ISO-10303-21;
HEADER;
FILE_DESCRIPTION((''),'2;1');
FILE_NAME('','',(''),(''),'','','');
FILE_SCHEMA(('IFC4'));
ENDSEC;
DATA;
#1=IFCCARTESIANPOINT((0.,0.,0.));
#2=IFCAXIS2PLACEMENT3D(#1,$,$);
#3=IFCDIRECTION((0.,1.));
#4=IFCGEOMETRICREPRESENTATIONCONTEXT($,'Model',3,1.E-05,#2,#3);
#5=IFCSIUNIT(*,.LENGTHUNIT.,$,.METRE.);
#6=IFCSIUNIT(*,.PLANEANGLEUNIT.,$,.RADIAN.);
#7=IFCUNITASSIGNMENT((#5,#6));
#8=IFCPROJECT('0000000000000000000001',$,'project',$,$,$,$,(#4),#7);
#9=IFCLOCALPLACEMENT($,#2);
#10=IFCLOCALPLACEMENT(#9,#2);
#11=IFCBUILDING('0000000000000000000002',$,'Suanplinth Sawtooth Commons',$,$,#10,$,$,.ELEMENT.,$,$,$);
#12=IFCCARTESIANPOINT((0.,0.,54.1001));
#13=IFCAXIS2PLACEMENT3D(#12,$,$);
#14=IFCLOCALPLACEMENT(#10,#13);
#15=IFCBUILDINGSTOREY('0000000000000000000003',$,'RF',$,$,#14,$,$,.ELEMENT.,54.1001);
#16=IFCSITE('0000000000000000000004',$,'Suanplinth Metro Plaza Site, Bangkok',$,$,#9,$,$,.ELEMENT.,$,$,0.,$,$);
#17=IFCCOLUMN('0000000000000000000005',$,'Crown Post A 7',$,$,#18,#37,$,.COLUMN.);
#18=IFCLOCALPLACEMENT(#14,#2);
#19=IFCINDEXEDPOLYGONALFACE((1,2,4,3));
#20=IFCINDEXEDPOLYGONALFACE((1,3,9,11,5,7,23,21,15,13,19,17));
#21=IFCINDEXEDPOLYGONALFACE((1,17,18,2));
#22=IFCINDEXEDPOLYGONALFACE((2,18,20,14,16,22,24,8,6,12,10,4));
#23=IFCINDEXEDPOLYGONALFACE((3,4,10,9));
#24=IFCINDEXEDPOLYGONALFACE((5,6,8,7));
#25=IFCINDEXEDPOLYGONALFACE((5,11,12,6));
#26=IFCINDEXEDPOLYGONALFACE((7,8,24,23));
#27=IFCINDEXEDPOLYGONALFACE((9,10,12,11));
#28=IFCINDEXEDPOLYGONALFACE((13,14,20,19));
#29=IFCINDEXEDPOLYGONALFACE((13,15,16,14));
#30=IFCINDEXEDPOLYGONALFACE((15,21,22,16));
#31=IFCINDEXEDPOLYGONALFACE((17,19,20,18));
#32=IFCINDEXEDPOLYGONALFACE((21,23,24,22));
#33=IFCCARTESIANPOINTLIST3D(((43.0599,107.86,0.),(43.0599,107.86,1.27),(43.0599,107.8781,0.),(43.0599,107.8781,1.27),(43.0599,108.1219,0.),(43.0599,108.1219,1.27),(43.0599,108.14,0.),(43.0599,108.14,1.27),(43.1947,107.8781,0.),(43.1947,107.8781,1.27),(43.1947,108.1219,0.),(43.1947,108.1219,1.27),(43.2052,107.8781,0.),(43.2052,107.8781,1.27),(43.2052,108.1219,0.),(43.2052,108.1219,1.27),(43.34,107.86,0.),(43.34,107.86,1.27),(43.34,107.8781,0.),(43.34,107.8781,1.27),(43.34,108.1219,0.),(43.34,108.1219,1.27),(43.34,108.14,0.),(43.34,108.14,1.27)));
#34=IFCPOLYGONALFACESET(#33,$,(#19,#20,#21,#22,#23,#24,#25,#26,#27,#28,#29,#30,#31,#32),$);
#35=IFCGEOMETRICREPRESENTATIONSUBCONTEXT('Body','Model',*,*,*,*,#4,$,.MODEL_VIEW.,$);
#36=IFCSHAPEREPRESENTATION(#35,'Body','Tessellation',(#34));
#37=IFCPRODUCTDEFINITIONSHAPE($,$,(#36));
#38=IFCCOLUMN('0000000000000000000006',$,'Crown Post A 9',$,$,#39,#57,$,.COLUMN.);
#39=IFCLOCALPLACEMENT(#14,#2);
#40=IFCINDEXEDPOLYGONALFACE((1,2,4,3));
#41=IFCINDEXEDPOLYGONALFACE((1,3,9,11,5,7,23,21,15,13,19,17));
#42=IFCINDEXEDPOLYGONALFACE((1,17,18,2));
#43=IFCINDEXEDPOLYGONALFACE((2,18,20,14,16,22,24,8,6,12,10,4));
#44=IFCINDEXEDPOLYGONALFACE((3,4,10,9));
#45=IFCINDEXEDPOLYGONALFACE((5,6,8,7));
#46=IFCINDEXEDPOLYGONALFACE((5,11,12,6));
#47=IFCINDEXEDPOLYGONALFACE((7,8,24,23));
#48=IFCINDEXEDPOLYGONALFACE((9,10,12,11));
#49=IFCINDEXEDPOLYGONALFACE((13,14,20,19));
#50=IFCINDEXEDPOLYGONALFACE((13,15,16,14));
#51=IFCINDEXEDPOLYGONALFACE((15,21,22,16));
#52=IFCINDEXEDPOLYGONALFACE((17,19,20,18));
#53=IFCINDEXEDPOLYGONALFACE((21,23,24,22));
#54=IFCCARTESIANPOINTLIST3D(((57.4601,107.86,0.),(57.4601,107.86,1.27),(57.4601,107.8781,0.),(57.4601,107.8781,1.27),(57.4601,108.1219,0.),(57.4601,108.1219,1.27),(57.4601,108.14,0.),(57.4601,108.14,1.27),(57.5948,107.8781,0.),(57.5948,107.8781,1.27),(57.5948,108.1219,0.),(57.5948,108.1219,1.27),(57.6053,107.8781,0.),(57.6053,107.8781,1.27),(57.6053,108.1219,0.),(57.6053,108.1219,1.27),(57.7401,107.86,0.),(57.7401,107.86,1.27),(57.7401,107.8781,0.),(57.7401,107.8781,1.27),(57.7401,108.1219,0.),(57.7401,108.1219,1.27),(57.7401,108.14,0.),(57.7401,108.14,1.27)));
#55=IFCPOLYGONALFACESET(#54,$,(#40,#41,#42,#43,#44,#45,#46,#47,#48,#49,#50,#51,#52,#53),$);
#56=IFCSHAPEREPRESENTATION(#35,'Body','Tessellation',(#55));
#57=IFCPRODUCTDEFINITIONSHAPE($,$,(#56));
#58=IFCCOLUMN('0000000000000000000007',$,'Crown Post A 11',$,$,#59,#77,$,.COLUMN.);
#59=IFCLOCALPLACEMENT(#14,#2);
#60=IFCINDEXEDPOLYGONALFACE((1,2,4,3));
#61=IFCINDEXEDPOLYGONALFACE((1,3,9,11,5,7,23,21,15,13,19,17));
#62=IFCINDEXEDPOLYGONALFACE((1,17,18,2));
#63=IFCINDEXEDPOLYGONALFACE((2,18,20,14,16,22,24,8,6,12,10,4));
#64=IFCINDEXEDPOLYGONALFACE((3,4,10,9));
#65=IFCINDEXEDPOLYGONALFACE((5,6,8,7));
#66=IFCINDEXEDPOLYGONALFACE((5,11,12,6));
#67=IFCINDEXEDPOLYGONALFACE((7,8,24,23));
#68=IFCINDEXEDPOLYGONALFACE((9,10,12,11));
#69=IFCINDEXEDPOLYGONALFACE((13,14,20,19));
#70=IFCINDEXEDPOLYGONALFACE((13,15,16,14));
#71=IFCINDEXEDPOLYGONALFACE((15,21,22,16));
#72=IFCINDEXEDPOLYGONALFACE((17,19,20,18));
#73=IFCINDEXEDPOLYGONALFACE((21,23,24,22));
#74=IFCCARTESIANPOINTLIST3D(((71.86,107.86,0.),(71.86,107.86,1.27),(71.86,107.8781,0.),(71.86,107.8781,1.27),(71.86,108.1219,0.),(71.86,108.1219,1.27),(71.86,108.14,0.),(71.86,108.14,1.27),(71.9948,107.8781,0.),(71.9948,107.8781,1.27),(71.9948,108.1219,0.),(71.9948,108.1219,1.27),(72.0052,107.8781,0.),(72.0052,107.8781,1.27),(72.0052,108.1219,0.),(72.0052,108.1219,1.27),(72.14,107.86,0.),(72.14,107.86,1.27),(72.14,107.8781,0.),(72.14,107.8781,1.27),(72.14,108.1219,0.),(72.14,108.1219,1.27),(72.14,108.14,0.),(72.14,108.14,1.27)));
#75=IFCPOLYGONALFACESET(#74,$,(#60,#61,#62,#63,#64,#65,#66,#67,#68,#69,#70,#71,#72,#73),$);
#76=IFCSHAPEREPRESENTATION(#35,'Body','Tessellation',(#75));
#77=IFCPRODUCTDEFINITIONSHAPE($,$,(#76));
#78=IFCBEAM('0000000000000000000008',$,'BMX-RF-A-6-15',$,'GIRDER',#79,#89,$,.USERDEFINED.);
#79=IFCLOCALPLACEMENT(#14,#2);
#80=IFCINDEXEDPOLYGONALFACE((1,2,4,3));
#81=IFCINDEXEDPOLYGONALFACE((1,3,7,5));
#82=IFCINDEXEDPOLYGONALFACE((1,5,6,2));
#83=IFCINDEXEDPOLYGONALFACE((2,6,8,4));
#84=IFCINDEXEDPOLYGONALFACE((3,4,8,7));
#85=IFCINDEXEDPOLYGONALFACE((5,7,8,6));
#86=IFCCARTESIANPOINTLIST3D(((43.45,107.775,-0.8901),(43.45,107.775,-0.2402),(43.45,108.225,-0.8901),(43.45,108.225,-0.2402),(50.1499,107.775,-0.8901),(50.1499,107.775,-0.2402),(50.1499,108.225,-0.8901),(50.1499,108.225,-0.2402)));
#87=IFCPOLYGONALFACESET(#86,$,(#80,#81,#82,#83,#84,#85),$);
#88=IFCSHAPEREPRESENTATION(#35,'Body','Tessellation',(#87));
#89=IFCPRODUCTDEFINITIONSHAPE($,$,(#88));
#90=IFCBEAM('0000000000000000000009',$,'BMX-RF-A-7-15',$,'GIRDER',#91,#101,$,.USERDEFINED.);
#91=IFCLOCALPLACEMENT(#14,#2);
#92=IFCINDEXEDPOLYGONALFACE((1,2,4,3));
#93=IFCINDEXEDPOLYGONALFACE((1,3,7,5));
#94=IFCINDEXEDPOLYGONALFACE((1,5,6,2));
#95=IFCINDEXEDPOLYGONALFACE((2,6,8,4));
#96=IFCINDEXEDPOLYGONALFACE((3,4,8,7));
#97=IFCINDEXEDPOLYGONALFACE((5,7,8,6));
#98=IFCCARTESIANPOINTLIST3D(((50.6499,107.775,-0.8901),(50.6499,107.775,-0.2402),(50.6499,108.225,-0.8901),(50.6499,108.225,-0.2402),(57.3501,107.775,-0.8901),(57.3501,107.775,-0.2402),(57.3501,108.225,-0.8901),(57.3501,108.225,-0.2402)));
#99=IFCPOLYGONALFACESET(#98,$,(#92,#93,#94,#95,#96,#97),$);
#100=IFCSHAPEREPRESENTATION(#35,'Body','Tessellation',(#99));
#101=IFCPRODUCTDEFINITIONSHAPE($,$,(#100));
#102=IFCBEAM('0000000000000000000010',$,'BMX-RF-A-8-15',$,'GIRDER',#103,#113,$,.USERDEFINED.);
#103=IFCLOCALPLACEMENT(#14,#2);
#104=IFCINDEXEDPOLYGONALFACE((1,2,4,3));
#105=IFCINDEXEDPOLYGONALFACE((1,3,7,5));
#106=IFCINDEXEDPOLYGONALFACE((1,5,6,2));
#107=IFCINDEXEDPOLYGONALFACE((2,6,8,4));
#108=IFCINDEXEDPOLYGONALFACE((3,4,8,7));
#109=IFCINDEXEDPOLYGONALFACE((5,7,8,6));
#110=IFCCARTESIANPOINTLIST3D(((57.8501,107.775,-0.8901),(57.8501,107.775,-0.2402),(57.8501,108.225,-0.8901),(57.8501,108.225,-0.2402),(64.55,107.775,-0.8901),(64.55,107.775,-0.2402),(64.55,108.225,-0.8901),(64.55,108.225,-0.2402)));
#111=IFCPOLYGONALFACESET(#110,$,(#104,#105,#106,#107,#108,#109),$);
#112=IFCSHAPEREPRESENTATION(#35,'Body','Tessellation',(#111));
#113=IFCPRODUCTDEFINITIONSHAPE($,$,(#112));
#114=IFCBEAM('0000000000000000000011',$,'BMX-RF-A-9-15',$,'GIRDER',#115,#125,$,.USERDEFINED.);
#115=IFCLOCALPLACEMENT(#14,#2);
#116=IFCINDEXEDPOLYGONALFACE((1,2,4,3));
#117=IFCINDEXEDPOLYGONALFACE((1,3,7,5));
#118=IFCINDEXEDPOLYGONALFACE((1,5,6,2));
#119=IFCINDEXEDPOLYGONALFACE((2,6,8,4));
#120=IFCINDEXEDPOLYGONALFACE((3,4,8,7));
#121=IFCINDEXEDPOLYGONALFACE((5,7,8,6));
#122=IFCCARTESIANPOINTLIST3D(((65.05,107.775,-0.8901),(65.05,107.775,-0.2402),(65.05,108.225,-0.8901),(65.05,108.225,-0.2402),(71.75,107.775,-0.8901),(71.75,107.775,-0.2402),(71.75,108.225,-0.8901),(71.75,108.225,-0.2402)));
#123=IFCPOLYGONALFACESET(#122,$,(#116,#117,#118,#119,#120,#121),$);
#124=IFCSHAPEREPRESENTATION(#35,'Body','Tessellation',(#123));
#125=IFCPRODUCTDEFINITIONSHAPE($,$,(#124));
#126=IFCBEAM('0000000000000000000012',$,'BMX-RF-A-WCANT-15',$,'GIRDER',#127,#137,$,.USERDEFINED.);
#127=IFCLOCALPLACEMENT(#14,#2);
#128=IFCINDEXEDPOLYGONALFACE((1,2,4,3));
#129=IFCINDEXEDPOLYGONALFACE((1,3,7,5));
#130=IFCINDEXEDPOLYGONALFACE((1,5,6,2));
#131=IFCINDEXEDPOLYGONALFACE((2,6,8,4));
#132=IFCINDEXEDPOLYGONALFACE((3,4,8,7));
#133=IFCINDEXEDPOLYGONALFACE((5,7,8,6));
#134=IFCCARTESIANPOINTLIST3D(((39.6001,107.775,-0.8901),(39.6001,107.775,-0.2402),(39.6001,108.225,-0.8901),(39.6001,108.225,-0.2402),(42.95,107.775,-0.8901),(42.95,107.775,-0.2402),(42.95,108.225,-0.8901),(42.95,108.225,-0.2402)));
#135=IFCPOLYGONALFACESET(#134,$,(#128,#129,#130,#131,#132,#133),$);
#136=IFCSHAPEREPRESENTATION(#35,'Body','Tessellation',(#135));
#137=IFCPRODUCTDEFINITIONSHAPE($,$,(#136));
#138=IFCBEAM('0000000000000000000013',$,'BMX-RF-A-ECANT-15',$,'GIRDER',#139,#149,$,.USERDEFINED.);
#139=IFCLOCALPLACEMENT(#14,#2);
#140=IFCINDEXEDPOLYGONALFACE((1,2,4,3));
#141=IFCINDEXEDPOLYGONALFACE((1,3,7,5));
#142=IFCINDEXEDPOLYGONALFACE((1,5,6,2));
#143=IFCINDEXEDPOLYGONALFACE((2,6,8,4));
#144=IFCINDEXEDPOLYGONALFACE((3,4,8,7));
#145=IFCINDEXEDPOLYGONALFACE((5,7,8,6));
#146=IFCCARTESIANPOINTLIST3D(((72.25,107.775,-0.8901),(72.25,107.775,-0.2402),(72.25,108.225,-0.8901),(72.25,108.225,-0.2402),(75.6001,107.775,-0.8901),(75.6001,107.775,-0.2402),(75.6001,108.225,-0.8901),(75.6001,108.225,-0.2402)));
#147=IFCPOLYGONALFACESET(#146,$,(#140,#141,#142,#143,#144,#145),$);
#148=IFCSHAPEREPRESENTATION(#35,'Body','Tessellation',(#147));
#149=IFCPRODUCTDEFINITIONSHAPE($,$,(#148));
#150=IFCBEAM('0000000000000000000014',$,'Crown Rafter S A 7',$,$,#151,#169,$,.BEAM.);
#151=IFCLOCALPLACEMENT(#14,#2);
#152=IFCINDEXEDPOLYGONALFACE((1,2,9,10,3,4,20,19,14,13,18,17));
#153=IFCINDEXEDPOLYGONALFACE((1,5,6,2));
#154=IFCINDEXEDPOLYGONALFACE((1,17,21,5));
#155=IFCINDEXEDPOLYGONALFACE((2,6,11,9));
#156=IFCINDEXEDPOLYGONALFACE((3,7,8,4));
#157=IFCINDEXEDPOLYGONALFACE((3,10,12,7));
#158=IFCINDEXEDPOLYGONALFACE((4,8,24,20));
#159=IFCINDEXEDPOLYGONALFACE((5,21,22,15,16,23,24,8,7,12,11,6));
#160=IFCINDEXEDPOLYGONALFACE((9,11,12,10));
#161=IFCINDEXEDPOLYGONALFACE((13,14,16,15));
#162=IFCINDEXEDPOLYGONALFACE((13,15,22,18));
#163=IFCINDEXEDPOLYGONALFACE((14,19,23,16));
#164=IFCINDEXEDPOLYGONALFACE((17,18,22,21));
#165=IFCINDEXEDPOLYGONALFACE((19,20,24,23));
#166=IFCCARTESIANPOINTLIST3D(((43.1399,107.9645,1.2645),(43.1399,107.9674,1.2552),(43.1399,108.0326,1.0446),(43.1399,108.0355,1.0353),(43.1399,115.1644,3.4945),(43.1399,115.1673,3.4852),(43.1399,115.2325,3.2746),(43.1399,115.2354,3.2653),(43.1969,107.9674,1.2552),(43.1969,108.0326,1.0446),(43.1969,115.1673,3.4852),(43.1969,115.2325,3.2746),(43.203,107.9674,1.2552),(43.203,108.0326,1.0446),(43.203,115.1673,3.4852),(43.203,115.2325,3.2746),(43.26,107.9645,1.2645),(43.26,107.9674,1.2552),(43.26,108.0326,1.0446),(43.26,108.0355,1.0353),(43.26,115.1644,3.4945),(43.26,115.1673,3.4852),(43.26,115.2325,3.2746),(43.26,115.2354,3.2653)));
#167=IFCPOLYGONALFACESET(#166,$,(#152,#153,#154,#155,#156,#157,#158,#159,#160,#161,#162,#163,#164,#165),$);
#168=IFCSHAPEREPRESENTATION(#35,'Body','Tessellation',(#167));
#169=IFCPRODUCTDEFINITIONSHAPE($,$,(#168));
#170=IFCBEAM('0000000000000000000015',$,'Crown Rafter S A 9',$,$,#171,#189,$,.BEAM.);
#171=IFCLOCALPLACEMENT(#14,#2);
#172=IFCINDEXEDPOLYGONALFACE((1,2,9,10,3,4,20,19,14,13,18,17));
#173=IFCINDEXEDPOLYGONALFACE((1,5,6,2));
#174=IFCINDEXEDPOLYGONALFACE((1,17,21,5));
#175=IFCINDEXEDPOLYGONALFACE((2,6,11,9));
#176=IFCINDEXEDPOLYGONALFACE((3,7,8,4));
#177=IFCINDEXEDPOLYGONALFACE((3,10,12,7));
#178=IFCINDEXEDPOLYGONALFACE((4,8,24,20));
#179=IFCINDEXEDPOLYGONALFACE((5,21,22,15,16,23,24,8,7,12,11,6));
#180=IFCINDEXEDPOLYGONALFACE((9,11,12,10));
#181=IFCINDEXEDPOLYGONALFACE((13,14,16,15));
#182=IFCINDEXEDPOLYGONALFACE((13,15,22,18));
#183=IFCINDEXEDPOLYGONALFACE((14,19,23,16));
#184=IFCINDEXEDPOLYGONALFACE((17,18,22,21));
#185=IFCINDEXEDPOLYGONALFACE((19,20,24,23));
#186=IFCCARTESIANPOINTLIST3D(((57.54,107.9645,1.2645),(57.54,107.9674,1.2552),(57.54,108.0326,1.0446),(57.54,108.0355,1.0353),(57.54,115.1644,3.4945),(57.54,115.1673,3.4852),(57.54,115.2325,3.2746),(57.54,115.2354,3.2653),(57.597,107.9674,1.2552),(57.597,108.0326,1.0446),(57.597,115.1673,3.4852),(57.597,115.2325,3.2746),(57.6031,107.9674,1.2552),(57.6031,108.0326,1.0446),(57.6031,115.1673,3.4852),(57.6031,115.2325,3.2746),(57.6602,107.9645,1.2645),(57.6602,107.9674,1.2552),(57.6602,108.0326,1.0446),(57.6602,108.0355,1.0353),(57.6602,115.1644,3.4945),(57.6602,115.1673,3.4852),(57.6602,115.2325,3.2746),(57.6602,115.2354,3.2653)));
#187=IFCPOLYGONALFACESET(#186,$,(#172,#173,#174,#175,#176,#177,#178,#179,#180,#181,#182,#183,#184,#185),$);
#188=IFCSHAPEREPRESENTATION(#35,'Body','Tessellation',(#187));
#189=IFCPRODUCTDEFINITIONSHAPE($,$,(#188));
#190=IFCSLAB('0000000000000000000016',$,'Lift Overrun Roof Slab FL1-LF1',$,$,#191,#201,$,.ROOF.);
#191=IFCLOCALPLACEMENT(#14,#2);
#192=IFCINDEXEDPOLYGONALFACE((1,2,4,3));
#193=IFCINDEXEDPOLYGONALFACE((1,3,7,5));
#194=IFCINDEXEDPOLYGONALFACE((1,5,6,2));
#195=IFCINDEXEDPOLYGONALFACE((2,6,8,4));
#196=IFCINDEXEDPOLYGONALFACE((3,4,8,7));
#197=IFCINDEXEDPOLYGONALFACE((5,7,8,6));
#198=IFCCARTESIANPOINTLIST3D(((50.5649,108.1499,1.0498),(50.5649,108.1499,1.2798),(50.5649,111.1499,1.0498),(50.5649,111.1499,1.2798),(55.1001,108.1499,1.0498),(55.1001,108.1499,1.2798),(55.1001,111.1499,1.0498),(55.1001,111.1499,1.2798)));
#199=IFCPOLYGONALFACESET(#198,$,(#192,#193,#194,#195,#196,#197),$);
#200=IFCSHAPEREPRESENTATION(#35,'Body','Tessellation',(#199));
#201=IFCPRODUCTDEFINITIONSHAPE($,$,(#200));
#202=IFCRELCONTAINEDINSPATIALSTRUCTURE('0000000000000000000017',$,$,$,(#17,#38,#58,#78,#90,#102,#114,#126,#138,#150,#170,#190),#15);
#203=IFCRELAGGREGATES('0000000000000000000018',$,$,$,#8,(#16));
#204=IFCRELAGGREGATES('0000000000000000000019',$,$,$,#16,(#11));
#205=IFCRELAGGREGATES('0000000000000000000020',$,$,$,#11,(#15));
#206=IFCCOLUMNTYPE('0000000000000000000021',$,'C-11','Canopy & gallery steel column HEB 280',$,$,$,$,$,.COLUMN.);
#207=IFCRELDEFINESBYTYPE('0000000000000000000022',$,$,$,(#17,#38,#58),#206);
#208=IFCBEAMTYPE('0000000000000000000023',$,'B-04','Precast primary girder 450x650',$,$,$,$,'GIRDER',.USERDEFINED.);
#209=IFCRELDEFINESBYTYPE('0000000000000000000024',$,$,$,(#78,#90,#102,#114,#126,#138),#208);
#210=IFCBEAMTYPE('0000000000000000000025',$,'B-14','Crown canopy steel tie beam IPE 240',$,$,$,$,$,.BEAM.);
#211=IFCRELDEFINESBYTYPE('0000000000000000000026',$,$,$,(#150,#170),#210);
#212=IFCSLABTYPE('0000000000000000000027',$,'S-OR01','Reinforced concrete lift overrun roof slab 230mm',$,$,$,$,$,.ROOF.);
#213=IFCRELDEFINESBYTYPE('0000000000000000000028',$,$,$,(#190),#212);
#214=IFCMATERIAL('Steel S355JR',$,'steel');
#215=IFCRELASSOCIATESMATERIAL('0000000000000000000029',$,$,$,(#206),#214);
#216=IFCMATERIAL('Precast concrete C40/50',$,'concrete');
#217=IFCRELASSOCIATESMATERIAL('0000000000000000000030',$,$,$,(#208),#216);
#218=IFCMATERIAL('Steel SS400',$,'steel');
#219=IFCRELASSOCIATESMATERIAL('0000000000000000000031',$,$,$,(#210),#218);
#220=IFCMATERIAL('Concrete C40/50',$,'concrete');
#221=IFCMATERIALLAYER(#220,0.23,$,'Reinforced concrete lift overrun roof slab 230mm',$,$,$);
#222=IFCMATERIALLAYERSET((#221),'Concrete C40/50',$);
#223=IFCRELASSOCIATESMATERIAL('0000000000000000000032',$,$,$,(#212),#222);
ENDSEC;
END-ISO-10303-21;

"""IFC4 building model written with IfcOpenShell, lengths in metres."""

from ifc_helpers import new_model, si_unit, direction, frame, origin, origin_2d, place, context, subcontext, project, spatial, polyline, rectangle, i_section, outline, extrude, material, layer, layer_set, material_profile, profile_set, type_object, element, save


model = new_model("IFC4")

# Units and contexts
model_context = context("Model", 3, precision=1e-05, world=origin(), true_north=direction((0.0, 1.0)))
body_context = subcontext(model_context, "Body", "Model", "MODEL_VIEW")
ifc_project = project(units=[si_unit("LENGTHUNIT", "METRE"), si_unit("PLANEANGLEUNIT", "RADIAN")], contexts=[model_context])

# Site, building, storey
site_placement = place(None, origin())
site = spatial("IfcSite", under=ifc_project, at=site_placement, Name="Suanplinth Metro Plaza Site, Bangkok", CompositionType="ELEMENT", RefElevation=0.0)
building_placement = place(site_placement, origin())
building = spatial("IfcBuilding", under=site, at=building_placement, Name="Suanplinth Sawtooth Commons", CompositionType="ELEMENT")
storey_placement = place(building_placement, frame((0.0, 0.0, 54.1001)))
storey = spatial("IfcBuildingStorey", under=building, at=storey_placement, Name="RF", CompositionType="ELEMENT", Elevation=54.1001)

# Columns
ifc_material_1 = material(Name="Steel S355JR", Category="steel")
ifc_material_profile_1 = material_profile(ifc_material_1, i_section(OverallWidth=0.28, OverallDepth=0.28, WebThickness=0.0105, FlangeThickness=0.0181, at=origin_2d()), Name="HEB 280")
ifc_profile_set_1 = profile_set([ifc_material_profile_1], Name="Steel S355JR")
column_type = type_object("IfcColumnType", Name="C-11", Description="Canopy & gallery steel column HEB 280", PredefinedType="COLUMN", material=ifc_profile_set_1)
for number, where, z_axis, x_axis, name in (
    (1, (43.2, 108.0, 0.0), (0.0, 0.0, 1.0), (1.0, 0.0, 0.0), "Crown Post A 7"),
    (2, (57.6001, 108.0, 0.0), (0.0, 0.0, 1.0), (1.0, 0.0, 0.0), "Crown Post A 9"),
    (3, (72.0, 108.0, 0.0), (0.0, 0.0, 1.0), (1.0, 0.0, 0.0), "Crown Post A 11"),
):
    element("IfcColumn", number, at=place(storey_placement, frame(where, z_axis=z_axis, x_axis=x_axis)), inside=storey, type_object=column_type, Name=name, PredefinedType="COLUMN", context=body_context, shape_type="SweptSolid", body=[
        extrude(i_section(OverallWidth=0.28, OverallDepth=0.28, WebThickness=0.0105, FlangeThickness=0.0181, at=origin_2d()), origin(), (0.0, 0.0, 1.0), 1.27),
    ])

# Beams
ifc_material_2 = material(Name="Precast concrete C40/50", Category="concrete")
ifc_material_profile_2 = material_profile(ifc_material_2, rectangle(XDim=0.45, YDim=0.6499, at=origin_2d()), Name="PC-GDR 450x650")
ifc_profile_set_2 = profile_set([ifc_material_profile_2], Name="Precast concrete C40/50")
beam_type_1 = type_object("IfcBeamType", Name="B-04", Description="Precast primary girder 450x650", ElementType="GIRDER", PredefinedType="USERDEFINED", material=ifc_profile_set_2)
beam_1_placement = place(storey_placement, frame((43.45, 108.0, -0.5652), z_axis=(1.0, 0.0, 0.0), x_axis=(0.0, 1.0, 0.0)))
element("IfcBeam", 4, at=beam_1_placement, inside=storey, type_object=beam_type_1, Name="BMX-RF-A-6-15", ObjectType="GIRDER", PredefinedType="USERDEFINED", context=body_context, shape_type="SweptSolid", body=[
    extrude(rectangle(XDim=0.45, YDim=0.6499, at=origin_2d()), origin(), (0.0, 0.0, 1.0), 6.7),
])
beam_2_placement = place(storey_placement, frame((50.6499, 108.0, -0.5652), z_axis=(1.0, 0.0, 0.0), x_axis=(0.0, 1.0, 0.0)))
element("IfcBeam", 5, at=beam_2_placement, inside=storey, type_object=beam_type_1, Name="BMX-RF-A-7-15", ObjectType="GIRDER", PredefinedType="USERDEFINED", context=body_context, shape_type="SweptSolid", body=[
    extrude(rectangle(XDim=0.45, YDim=0.6499, at=origin_2d()), origin(), (0.0, 0.0, 1.0), 6.7002),
])
for number, where, z_axis, x_axis, name in (
    (6, (57.8501, 108.0, -0.5652), (1.0, 0.0, 0.0), (0.0, 1.0, 0.0), "BMX-RF-A-8-15"),
    (7, (65.05, 108.0, -0.5652), (1.0, 0.0, 0.0), (0.0, 1.0, 0.0), "BMX-RF-A-9-15"),
):
    element("IfcBeam", number, at=place(storey_placement, frame(where, z_axis=z_axis, x_axis=x_axis)), inside=storey, type_object=beam_type_1, Name=name, ObjectType="GIRDER", PredefinedType="USERDEFINED", context=body_context, shape_type="SweptSolid", body=[
        extrude(rectangle(XDim=0.45, YDim=0.6499, at=origin_2d()), origin(), (0.0, 0.0, 1.0), 6.7),
    ])
beam_3_placement = place(storey_placement, frame((42.95, 108.0, -0.5652), z_axis=(-1.0, 0.0, 0.0), x_axis=(0.0, -1.0, 0.0)))
element("IfcBeam", 8, at=beam_3_placement, inside=storey, type_object=beam_type_1, Name="BMX-RF-A-WCANT-15", ObjectType="GIRDER", PredefinedType="USERDEFINED", context=body_context, shape_type="SweptSolid", body=[
    extrude(rectangle(XDim=0.45, YDim=0.6499, at=origin_2d()), origin(), (0.0, 0.0, 1.0), 3.3499),
])
beam_4_placement = place(storey_placement, frame((72.25, 108.0, -0.5652), z_axis=(1.0, 0.0, 0.0), x_axis=(0.0, 1.0, 0.0)))
element("IfcBeam", 9, at=beam_4_placement, inside=storey, type_object=beam_type_1, Name="BMX-RF-A-ECANT-15", ObjectType="GIRDER", PredefinedType="USERDEFINED", context=body_context, shape_type="SweptSolid", body=[
    extrude(rectangle(XDim=0.45, YDim=0.6499, at=origin_2d()), origin(), (0.0, 0.0, 1.0), 3.3501),
])
ifc_material_3 = material(Name="Steel SS400", Category="steel")
ifc_material_profile_3 = material_profile(ifc_material_3, i_section(OverallWidth=0.1201, OverallDepth=0.24, WebThickness=0.0061, FlangeThickness=0.0098, at=origin_2d()), Name="IPE 240")
ifc_profile_set_3 = profile_set([ifc_material_profile_3], Name="Steel SS400")
beam_type_2 = type_object("IfcBeamType", Name="B-14", Description="Crown canopy steel tie beam IPE 240", PredefinedType="BEAM", material=ifc_profile_set_3)
for number, where, z_axis, x_axis, name in (
    (10, (43.2, 108.0, 1.1499), (0.0, 0.955233, 0.295856), (-1.0, 0.0, 0.0), "Crown Rafter S A 7"),
    (11, (57.6001, 108.0, 1.1499), (0.0, 0.955233, 0.295856), (-1.0, 0.0, 0.0), "Crown Rafter S A 9"),
):
    element("IfcBeam", number, at=place(storey_placement, frame(where, z_axis=z_axis, x_axis=x_axis)), inside=storey, type_object=beam_type_2, Name=name, PredefinedType="BEAM", context=body_context, shape_type="SweptSolid", body=[
        extrude(i_section(OverallWidth=0.1201, OverallDepth=0.24, WebThickness=0.0061, FlangeThickness=0.0098, at=origin_2d()), origin(), (0.0, 0.0, 1.0), 7.5374),
    ])

# Slab
ifc_material_4 = material(Name="Concrete C40/50", Category="concrete")
ifc_layer_1 = layer(ifc_material_4, 0.23, Name="Reinforced concrete lift overrun roof slab 230mm")
ifc_layer_set_1 = layer_set([ifc_layer_1], Name="Concrete C40/50")
slab_type_1 = type_object("IfcSlabType", Name="S-OR01", Description="Reinforced concrete lift overrun roof slab 230mm", PredefinedType="ROOF", material=ifc_layer_set_1)
slab_1_placement = place(storey_placement, frame((0.0, 0.0, 1.0498)))
element("IfcSlab", 12, at=slab_1_placement, inside=storey, type_object=slab_type_1, Name="Lift Overrun Roof Slab FL1-LF1", PredefinedType="ROOF", context=body_context, shape_type="SweptSolid", body=[
    extrude(outline(polyline([(50.5649, 108.1499), (55.1001, 108.1499), (55.1001, 111.1499), (50.5649, 111.1499), (50.5649, 108.1499)])), origin(), (0.0, 0.0, 1.0), 0.23),
])

save(model, "model.ifc")
